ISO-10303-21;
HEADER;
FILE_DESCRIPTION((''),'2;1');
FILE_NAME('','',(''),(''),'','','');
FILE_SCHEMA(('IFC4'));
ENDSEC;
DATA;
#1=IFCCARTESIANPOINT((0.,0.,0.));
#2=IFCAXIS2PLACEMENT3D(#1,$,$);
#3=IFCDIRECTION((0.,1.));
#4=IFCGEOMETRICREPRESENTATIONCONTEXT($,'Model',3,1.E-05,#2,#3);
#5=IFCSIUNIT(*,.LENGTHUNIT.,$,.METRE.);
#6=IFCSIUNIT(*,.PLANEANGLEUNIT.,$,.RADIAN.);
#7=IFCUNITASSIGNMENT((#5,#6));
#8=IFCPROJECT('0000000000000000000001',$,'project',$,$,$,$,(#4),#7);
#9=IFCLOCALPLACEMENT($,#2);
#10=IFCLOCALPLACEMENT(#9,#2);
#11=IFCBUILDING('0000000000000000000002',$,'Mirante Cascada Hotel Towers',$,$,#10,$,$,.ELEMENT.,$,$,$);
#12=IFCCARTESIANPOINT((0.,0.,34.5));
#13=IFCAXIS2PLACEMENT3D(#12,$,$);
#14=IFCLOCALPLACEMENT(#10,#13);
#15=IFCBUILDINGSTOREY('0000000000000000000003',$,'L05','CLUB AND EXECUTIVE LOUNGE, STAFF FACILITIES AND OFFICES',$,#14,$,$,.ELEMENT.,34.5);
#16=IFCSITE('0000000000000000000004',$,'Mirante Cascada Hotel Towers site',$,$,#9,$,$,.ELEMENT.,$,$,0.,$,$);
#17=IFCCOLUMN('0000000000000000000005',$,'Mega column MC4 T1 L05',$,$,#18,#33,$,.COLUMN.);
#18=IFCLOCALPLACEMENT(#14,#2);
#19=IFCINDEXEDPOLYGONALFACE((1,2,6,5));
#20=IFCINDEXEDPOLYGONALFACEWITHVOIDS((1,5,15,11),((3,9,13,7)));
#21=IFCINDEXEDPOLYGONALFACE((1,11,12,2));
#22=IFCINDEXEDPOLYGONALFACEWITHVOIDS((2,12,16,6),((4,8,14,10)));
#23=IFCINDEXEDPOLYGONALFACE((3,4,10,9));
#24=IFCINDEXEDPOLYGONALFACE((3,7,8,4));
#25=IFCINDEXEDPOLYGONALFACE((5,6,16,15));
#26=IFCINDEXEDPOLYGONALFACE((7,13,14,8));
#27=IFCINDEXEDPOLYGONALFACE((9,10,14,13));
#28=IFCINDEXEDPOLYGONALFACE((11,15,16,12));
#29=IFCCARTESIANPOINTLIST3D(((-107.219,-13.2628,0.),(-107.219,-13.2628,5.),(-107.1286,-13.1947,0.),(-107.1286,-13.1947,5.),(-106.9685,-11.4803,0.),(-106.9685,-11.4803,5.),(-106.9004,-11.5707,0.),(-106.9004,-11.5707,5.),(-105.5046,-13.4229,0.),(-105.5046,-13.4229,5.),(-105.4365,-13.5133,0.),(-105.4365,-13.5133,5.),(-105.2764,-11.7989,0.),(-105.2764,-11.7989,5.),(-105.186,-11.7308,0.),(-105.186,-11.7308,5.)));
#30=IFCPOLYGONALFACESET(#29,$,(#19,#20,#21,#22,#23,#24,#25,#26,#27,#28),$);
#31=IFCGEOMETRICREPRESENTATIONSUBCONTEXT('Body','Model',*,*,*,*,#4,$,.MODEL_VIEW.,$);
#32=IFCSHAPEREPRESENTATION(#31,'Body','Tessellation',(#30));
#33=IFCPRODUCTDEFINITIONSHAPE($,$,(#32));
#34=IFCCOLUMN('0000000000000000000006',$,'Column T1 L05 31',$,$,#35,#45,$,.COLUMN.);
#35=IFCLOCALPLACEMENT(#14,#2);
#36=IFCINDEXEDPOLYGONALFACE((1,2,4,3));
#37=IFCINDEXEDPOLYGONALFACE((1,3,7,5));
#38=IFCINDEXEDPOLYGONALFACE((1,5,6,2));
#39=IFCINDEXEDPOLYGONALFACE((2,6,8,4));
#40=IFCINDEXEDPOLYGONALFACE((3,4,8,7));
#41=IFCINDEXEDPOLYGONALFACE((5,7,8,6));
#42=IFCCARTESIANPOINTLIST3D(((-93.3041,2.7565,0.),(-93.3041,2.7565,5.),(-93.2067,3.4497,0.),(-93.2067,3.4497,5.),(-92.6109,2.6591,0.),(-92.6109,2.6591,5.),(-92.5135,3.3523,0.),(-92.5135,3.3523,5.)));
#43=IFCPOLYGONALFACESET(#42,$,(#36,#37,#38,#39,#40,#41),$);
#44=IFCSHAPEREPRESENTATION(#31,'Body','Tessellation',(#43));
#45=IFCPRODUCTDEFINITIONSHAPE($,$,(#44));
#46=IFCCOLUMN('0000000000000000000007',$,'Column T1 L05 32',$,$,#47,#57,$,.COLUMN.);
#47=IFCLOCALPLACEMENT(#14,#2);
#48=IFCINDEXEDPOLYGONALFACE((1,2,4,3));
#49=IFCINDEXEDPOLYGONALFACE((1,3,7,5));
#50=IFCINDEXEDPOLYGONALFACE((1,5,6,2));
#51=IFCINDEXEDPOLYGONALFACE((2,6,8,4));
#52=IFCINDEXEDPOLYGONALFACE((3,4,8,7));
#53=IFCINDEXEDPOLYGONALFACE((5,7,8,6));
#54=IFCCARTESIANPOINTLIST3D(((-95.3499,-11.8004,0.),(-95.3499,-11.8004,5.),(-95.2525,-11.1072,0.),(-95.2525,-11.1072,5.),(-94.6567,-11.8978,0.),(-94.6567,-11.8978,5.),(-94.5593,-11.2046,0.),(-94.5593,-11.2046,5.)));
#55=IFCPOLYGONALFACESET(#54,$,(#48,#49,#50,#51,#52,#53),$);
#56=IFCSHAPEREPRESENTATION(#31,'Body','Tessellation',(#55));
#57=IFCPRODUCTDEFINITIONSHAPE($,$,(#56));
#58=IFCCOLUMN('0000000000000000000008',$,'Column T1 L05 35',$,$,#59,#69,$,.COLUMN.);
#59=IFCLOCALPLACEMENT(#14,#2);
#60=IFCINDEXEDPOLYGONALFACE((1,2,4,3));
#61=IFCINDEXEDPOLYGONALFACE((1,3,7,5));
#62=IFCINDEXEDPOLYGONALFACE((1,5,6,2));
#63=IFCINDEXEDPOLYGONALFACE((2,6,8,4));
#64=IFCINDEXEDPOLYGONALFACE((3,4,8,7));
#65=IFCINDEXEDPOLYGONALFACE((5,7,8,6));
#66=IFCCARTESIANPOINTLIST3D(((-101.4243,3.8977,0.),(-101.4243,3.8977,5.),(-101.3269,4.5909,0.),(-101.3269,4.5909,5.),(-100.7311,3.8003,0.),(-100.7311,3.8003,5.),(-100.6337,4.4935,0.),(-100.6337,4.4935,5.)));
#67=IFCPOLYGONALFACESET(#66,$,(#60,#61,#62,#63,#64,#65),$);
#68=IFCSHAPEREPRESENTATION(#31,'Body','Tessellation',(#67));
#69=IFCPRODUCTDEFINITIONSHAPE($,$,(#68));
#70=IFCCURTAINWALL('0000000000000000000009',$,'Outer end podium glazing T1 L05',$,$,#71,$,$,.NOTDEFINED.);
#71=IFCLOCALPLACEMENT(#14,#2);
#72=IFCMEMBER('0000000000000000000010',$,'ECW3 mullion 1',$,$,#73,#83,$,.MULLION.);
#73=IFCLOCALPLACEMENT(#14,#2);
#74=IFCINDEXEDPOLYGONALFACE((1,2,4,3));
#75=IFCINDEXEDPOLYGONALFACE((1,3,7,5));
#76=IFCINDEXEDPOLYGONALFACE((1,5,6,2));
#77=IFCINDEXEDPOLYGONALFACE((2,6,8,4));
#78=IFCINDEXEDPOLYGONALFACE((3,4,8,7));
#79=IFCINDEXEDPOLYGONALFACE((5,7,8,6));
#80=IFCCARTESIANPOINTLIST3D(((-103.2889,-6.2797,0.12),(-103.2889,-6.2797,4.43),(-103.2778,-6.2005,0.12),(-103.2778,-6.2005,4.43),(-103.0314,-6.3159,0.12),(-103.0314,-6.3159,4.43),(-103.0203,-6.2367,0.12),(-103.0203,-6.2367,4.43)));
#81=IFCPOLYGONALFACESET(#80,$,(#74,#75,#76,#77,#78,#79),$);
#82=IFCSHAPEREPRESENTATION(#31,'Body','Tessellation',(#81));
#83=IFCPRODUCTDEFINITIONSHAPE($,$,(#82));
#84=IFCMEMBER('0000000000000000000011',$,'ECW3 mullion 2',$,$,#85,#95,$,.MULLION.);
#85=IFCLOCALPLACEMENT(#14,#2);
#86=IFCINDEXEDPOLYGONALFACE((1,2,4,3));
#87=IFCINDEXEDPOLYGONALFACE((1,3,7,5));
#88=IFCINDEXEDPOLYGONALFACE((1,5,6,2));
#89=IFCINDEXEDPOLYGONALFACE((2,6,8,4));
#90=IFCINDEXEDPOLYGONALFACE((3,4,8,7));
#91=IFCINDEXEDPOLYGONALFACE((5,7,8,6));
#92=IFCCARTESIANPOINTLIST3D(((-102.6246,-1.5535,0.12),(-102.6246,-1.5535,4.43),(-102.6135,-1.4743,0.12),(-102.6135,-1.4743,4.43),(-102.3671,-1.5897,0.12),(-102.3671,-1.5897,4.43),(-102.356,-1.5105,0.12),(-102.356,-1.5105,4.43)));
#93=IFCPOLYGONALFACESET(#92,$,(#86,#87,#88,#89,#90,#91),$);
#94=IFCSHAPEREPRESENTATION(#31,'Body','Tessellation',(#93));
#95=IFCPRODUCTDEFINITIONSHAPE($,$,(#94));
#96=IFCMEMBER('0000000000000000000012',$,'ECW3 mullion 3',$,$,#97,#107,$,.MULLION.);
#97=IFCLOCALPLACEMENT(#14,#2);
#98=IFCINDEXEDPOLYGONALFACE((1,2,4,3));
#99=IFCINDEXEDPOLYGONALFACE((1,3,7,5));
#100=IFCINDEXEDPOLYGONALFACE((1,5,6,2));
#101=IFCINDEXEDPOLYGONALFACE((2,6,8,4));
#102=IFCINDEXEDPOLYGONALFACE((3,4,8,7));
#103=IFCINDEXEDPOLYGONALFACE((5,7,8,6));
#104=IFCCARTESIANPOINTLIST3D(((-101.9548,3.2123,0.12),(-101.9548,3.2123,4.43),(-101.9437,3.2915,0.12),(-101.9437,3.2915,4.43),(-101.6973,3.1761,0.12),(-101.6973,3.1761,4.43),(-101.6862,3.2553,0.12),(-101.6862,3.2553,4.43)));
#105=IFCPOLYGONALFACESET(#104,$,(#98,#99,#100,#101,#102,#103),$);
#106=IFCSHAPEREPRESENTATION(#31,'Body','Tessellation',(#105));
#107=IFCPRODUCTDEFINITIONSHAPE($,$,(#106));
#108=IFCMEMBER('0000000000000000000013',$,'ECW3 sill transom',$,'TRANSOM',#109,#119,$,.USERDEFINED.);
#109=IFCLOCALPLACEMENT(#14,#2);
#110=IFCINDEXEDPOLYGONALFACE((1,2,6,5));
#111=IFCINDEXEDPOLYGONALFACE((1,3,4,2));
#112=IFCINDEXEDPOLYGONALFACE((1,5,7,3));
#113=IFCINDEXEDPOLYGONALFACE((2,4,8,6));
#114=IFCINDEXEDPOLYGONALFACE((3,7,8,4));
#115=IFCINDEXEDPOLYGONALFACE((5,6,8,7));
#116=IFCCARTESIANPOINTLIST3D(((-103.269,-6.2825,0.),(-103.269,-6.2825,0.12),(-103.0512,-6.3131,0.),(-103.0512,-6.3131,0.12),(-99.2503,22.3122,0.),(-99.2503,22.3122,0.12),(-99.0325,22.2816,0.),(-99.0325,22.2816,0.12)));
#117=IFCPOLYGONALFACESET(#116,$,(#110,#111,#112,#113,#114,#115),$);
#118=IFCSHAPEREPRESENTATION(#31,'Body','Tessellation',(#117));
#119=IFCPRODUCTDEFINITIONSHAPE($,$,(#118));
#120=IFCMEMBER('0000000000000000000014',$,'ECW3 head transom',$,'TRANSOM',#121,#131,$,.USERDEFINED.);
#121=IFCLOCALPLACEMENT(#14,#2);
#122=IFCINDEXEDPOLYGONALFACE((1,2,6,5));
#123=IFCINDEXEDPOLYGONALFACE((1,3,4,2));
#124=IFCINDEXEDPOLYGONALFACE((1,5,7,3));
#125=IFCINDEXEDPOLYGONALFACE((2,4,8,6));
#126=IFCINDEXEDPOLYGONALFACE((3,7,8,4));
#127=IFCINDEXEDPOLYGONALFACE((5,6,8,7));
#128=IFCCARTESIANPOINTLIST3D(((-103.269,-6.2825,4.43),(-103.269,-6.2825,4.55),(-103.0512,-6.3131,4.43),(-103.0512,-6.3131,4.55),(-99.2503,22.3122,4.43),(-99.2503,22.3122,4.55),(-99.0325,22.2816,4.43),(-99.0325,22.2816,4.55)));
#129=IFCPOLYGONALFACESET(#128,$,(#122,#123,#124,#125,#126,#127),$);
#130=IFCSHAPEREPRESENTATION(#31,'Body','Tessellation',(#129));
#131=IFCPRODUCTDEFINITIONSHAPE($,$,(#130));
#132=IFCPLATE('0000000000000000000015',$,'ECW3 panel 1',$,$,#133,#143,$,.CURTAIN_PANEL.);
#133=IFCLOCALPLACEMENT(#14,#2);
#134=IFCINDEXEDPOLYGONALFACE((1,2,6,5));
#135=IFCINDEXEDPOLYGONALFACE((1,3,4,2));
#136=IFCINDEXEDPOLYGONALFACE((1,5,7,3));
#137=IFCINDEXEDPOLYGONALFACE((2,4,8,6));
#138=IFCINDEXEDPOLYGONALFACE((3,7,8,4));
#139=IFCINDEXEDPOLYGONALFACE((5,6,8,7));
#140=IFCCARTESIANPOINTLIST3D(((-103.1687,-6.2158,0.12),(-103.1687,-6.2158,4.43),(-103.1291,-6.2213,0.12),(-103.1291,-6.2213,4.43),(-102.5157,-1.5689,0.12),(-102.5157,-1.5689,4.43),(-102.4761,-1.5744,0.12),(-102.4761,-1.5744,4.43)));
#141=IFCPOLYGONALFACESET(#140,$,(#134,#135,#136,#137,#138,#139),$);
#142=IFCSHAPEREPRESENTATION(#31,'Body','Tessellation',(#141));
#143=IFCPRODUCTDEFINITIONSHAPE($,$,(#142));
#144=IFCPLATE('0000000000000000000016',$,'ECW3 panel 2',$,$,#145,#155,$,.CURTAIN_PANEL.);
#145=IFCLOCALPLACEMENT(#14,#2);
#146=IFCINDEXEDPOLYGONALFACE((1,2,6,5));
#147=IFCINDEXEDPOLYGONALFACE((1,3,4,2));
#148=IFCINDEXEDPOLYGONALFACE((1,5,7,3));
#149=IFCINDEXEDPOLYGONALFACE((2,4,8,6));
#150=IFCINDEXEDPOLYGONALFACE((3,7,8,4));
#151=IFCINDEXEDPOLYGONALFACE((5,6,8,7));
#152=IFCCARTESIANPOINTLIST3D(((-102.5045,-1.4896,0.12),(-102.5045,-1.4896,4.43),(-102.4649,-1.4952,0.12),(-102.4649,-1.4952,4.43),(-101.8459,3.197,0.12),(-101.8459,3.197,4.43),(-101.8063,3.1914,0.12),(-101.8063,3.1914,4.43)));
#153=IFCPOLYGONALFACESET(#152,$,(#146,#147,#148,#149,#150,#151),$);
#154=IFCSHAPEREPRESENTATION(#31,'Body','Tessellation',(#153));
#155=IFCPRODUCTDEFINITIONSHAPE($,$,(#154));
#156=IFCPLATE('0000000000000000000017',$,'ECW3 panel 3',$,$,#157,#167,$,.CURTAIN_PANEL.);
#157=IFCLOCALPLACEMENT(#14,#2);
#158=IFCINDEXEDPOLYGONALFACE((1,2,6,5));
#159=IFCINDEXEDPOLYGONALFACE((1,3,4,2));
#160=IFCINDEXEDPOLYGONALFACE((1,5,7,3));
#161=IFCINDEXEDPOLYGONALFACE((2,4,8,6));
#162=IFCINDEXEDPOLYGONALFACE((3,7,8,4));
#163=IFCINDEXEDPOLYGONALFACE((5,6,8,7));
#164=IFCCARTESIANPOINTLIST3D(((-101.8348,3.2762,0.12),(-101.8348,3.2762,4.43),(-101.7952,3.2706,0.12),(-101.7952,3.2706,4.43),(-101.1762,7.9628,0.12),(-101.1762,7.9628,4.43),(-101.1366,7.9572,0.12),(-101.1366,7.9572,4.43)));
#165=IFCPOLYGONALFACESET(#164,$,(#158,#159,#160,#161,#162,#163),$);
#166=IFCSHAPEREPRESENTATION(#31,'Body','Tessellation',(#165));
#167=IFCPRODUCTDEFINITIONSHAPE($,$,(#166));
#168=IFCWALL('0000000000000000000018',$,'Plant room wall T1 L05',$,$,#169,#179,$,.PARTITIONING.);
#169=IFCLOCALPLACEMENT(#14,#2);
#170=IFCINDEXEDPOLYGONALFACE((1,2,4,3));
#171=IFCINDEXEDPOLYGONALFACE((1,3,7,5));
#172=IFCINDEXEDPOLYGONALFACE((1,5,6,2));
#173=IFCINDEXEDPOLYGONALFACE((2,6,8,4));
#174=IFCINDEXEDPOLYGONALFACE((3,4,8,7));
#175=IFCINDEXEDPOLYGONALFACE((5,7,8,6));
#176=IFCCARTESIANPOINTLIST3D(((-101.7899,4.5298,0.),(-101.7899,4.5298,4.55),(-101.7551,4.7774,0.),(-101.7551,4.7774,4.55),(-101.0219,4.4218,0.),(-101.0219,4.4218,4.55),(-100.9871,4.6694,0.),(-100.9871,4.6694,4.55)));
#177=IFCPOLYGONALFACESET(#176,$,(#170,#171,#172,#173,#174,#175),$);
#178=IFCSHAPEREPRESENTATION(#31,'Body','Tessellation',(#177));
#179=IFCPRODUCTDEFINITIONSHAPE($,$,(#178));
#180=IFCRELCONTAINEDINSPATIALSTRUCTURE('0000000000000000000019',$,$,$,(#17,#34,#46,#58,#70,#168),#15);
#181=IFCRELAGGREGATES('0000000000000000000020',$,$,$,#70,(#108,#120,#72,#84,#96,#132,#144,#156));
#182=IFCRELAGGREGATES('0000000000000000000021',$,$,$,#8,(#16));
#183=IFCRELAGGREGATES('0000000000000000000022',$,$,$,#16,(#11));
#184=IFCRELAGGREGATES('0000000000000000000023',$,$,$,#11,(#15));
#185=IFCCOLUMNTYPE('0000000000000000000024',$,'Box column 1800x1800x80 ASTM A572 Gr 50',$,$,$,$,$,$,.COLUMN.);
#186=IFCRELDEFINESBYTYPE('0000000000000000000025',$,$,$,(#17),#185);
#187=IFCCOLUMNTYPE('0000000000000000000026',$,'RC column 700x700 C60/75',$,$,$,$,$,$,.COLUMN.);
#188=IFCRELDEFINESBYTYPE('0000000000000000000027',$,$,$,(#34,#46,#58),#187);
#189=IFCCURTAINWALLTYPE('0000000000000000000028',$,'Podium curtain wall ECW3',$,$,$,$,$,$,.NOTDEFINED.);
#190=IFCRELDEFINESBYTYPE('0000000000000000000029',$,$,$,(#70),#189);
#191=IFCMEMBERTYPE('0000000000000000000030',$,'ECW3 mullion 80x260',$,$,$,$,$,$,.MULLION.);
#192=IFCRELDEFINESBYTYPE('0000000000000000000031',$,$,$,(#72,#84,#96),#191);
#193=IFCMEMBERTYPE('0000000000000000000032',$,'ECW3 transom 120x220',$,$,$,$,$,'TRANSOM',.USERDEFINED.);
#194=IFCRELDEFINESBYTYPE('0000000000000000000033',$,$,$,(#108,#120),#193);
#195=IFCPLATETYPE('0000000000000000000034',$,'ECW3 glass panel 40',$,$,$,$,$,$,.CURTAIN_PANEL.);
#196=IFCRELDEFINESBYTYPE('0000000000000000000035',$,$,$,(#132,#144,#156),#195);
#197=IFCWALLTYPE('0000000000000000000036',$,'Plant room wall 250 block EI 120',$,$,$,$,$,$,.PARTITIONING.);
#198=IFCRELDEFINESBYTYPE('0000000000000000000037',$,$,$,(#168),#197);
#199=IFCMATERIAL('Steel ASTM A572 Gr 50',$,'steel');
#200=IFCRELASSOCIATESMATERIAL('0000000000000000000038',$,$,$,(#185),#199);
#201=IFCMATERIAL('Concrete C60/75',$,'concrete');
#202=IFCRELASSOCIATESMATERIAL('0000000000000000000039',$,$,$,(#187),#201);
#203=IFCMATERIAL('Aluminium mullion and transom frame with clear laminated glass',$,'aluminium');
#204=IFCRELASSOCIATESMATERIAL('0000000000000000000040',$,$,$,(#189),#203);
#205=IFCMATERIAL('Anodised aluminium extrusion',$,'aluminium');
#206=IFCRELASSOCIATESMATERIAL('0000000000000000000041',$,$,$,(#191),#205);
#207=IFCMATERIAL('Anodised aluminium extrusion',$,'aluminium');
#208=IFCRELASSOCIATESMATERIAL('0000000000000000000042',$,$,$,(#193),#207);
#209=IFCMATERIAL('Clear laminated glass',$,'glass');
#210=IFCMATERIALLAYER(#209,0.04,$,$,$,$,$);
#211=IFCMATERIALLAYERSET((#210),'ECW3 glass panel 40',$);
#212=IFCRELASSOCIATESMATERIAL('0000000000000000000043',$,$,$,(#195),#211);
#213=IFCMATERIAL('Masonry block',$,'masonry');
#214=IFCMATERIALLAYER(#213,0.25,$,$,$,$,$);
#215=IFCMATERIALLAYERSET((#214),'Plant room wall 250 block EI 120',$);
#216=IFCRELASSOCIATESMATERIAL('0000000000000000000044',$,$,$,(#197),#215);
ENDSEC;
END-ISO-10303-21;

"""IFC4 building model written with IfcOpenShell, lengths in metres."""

from ifc_helpers import new_model, si_unit, direction, frame, frame_2d, origin, origin_2d, place, context, subcontext, project, spatial, rectangle, hollow_rectangle, extrude, material, layer, layer_set, material_profile, profile_set, type_object, element, aggregate, save


model = new_model("IFC4")

# Units and contexts
model_context = context("Model", 3, precision=1e-05, world=origin(), true_north=direction((0.0, 1.0)))
body_context = subcontext(model_context, "Body", "Model", "MODEL_VIEW")
ifc_project = project(units=[si_unit("LENGTHUNIT", "METRE"), si_unit("PLANEANGLEUNIT", "RADIAN")], contexts=[model_context])

# Site, building, storey
site_placement = place(None, origin())
site = spatial("IfcSite", under=ifc_project, at=site_placement, Name="Mirante Cascada Hotel Towers site", CompositionType="ELEMENT", RefElevation=0.0)
building_placement = place(site_placement, origin())
building = spatial("IfcBuilding", under=site, at=building_placement, Name="Mirante Cascada Hotel Towers", CompositionType="ELEMENT")
storey_placement = place(building_placement, frame((0.0, 0.0, 34.5)))
storey = spatial("IfcBuildingStorey", under=building, at=storey_placement, Name="L05", Description="CLUB AND EXECUTIVE LOUNGE, STAFF FACILITIES AND OFFICES", CompositionType="ELEMENT", Elevation=34.5)

# Columns
ifc_material_1 = material(Name="Steel ASTM A572 Gr 50", Category="steel")
ifc_material_profile_1 = material_profile(ifc_material_1, hollow_rectangle(XDim=1.8, YDim=1.8, WallThickness=0.08, at=origin_2d()), Name="Box column 1800x1800x80 ASTM A572 Gr 50")
ifc_profile_set_1 = profile_set([ifc_material_profile_1], Name="Steel ASTM A572 Gr 50")
column_type_1 = type_object("IfcColumnType", Name="Box column 1800x1800x80 ASTM A572 Gr 50", PredefinedType="COLUMN", material=ifc_profile_set_1)
column_placement = place(storey_placement, frame((-106.2025, -12.4968, 0.0), z_axis=(0.0, 0.0, 1.0), x_axis=(-0.990268, 0.139173, 0.0)))
element("IfcColumn", 1, at=column_placement, inside=storey, type_object=column_type_1, Name="Mega column MC4 T1 L05", PredefinedType="COLUMN", context=body_context, shape_type="SweptSolid", body=[
    extrude(hollow_rectangle(XDim=1.8, YDim=1.8, WallThickness=0.08, at=origin_2d()), origin(), (0.0, 0.0, 1.0), 5.0),
])
ifc_material_2 = material(Name="Concrete C60/75", Category="concrete")
ifc_material_profile_2 = material_profile(ifc_material_2, rectangle(XDim=0.7, YDim=0.7, at=origin_2d()), Name="RC column 700x700 C60/75")
ifc_profile_set_2 = profile_set([ifc_material_profile_2], Name="Concrete C60/75")
column_type_2 = type_object("IfcColumnType", Name="RC column 700x700 C60/75", PredefinedType="COLUMN", material=ifc_profile_set_2)
for number, where, z_axis, x_axis, name in (
    (2, (-92.9088, 3.0544, 0.0), (0.0, 0.0, 1.0), (-0.990268, 0.139173, 0.0), "Column T1 L05 31"),
    (3, (-94.9546, -11.5025, 0.0), (0.0, 0.0, 1.0), (-0.990268, 0.139173, 0.0), "Column T1 L05 32"),
    (4, (-101.029, 4.1956, 0.0), (0.0, 0.0, 1.0), (-0.990268, 0.139173, 0.0), "Column T1 L05 35"),
):
    element("IfcColumn", number, at=place(storey_placement, frame(where, z_axis=z_axis, x_axis=x_axis)), inside=storey, type_object=column_type_2, Name=name, PredefinedType="COLUMN", context=body_context, shape_type="SweptSolid", body=[
        extrude(rectangle(XDim=0.7, YDim=0.7, at=origin_2d()), origin(), (0.0, 0.0, 1.0), 5.0),
    ])

# Curtain wall, members, plates
ifc_material_3 = material(Name="Aluminium mullion and transom frame with clear laminated glass", Category="aluminium")
curtain_wall_type = type_object("IfcCurtainWallType", Name="Podium curtain wall ECW3", PredefinedType="NOTDEFINED", material=ifc_material_3)
curtain_wall_placement = place(storey_placement, origin())
curtain_wall = element("IfcCurtainWall", 5, at=curtain_wall_placement, inside=storey, type_object=curtain_wall_type, Name="Outer end podium glazing T1 L05", PredefinedType="NOTDEFINED")
ifc_material_4 = material(Name="Anodised aluminium extrusion", Category="aluminium")
ifc_material_profile_3 = material_profile(ifc_material_4, rectangle(XDim=0.26, YDim=0.08, at=origin_2d()), Name="ECW3 MULLION 80x260")
ifc_profile_set_3 = profile_set([ifc_material_profile_3], Name="Anodised aluminium extrusion")
member_type_1 = type_object("IfcMemberType", Name="ECW3 mullion 80x260", PredefinedType="MULLION", material=ifc_profile_set_3)
member_1_placement = place(storey_placement, frame((-103.1546, -6.2582, 0.12), z_axis=(0.0, 0.0, 1.0), x_axis=(-0.990268, 0.139173, 0.0)))
member_1 = element("IfcMember", 6, at=member_1_placement, type_object=member_type_1, Name="ECW3 mullion 1", PredefinedType="MULLION", context=body_context, shape_type="SweptSolid", body=[
    extrude(rectangle(XDim=0.26, YDim=0.08, at=origin_2d()), origin(), (0.0, 0.0, 1.0), 4.31),
])
member_2_placement = place(storey_placement, frame((-102.4903, -1.532, 0.12), z_axis=(0.0, 0.0, 1.0), x_axis=(-0.990268, 0.139173, 0.0)))
member_2 = element("IfcMember", 7, at=member_2_placement, type_object=member_type_1, Name="ECW3 mullion 2", PredefinedType="MULLION", context=body_context, shape_type="SweptSolid", body=[
    extrude(rectangle(XDim=0.26, YDim=0.08, at=origin_2d()), origin(), (0.0, 0.0, 1.0), 4.31),
])
member_3_placement = place(storey_placement, frame((-101.8205, 3.2338, 0.12), z_axis=(0.0, 0.0, 1.0), x_axis=(-0.990268, 0.139173, 0.0)))
member_3 = element("IfcMember", 8, at=member_3_placement, type_object=member_type_1, Name="ECW3 mullion 3", PredefinedType="MULLION", context=body_context, shape_type="SweptSolid", body=[
    extrude(rectangle(XDim=0.26, YDim=0.08, at=origin_2d()), origin(), (0.0, 0.0, 1.0), 4.31),
])
ifc_material_5 = material(Name="Anodised aluminium extrusion", Category="aluminium")
ifc_material_profile_4 = material_profile(ifc_material_5, rectangle(XDim=0.22, YDim=0.12, at=origin_2d()), Name="ECW3 TRANSOM 120x220")
ifc_profile_set_4 = profile_set([ifc_material_profile_4], Name="Anodised aluminium extrusion")
member_type_2 = type_object("IfcMemberType", Name="ECW3 transom 120x220", ElementType="TRANSOM", PredefinedType="USERDEFINED", material=ifc_profile_set_4)
member_4_placement = place(storey_placement, frame((-103.1601, -6.2978, 0.06), z_axis=(0.139172, 0.990268, 0.0), x_axis=(-0.990268, 0.139172, 0.0)))
member_4 = element("IfcMember", 9, at=member_4_placement, type_object=member_type_2, Name="ECW3 sill transom", ObjectType="TRANSOM", PredefinedType="USERDEFINED", context=body_context, shape_type="SweptSolid", body=[
    extrude(rectangle(XDim=0.22, YDim=0.12, at=origin_2d()), origin(), (0.0, 0.0, 1.0), 28.8757),
])
member_5_placement = place(storey_placement, frame((-103.1601, -6.2978, 4.49), z_axis=(0.139172, 0.990268, 0.0), x_axis=(-0.990268, 0.139172, 0.0)))
member_5 = element("IfcMember", 10, at=member_5_placement, type_object=member_type_2, Name="ECW3 head transom", ObjectType="TRANSOM", PredefinedType="USERDEFINED", context=body_context, shape_type="SweptSolid", body=[
    extrude(rectangle(XDim=0.22, YDim=0.12, at=origin_2d()), origin(), (0.0, 0.0, 1.0), 28.8757),
])
ifc_material_6 = material(Name="Clear laminated glass", Category="glass")
ifc_layer_1 = layer(ifc_material_6, 0.04)
ifc_layer_set_1 = layer_set([ifc_layer_1], Name="ECW3 glass panel 40")
plate_type = type_object("IfcPlateType", Name="ECW3 glass panel 40", PredefinedType="CURTAIN_PANEL", material=ifc_layer_set_1)
plate_1_placement = place(storey_placement, frame((-102.8224, -3.8951, 0.12), z_axis=(0.0, 0.0, 1.0), x_axis=(0.139173, 0.990268, 0.0)))
plate_1 = element("IfcPlate", 11, at=plate_1_placement, type_object=plate_type, Name="ECW3 panel 1", PredefinedType="CURTAIN_PANEL", context=body_context, shape_type="SweptSolid", body=[
    extrude(rectangle(XDim=4.6926, YDim=0.04, at=origin_2d()), origin(), (0.0, 0.0, 1.0), 4.31),
])
plate_2_placement = place(storey_placement, frame((-102.1554, 0.8509, 0.12), z_axis=(0.0, 0.0, 1.0), x_axis=(0.139173, 0.990268, 0.0)))
plate_2 = element("IfcPlate", 12, at=plate_2_placement, type_object=plate_type, Name="ECW3 panel 2", PredefinedType="CURTAIN_PANEL", context=body_context, shape_type="SweptSolid", body=[
    extrude(rectangle(XDim=4.7326, YDim=0.04, at=origin_2d()), origin(), (0.0, 0.0, 1.0), 4.31),
])
plate_3_placement = place(storey_placement, frame((-101.4857, 5.6167, 0.12), z_axis=(0.0, 0.0, 1.0), x_axis=(0.139173, 0.990268, 0.0)))
plate_3 = element("IfcPlate", 13, at=plate_3_placement, type_object=plate_type, Name="ECW3 panel 3", PredefinedType="CURTAIN_PANEL", context=body_context, shape_type="SweptSolid", body=[
    extrude(rectangle(XDim=4.7326, YDim=0.04, at=origin_2d()), origin(), (0.0, 0.0, 1.0), 4.31),
])
aggregate(curtain_wall, [member_4, member_5, member_1, member_2, member_3, plate_1, plate_2, plate_3])

# Wall
ifc_material_7 = material(Name="Masonry block", Category="masonry")
ifc_layer_2 = layer(ifc_material_7, 0.25)
ifc_layer_set_2 = layer_set([ifc_layer_2], Name="Plant room wall 250 block EI 120")
wall_type_1 = type_object("IfcWallType", Name="Plant room wall 250 block EI 120", PredefinedType="PARTITIONING", material=ifc_layer_set_2)
wall_1_placement = place(storey_placement, frame((-101.7725, 4.6536, 0.0), z_axis=(0.0, 0.0, 1.0), x_axis=(0.990257, -0.139255, 0.0)))
element("IfcWall", 14, at=wall_1_placement, inside=storey, type_object=wall_type_1, Name="Plant room wall T1 L05", PredefinedType="PARTITIONING", context=body_context, shape_type="SweptSolid", body=[
    extrude(rectangle(XDim=0.7756, YDim=0.25, at=frame_2d((0.3878, 0.0))), origin(), (0.0, 0.0, 1.0), 4.55),
])

save(model, "model.ifc")
